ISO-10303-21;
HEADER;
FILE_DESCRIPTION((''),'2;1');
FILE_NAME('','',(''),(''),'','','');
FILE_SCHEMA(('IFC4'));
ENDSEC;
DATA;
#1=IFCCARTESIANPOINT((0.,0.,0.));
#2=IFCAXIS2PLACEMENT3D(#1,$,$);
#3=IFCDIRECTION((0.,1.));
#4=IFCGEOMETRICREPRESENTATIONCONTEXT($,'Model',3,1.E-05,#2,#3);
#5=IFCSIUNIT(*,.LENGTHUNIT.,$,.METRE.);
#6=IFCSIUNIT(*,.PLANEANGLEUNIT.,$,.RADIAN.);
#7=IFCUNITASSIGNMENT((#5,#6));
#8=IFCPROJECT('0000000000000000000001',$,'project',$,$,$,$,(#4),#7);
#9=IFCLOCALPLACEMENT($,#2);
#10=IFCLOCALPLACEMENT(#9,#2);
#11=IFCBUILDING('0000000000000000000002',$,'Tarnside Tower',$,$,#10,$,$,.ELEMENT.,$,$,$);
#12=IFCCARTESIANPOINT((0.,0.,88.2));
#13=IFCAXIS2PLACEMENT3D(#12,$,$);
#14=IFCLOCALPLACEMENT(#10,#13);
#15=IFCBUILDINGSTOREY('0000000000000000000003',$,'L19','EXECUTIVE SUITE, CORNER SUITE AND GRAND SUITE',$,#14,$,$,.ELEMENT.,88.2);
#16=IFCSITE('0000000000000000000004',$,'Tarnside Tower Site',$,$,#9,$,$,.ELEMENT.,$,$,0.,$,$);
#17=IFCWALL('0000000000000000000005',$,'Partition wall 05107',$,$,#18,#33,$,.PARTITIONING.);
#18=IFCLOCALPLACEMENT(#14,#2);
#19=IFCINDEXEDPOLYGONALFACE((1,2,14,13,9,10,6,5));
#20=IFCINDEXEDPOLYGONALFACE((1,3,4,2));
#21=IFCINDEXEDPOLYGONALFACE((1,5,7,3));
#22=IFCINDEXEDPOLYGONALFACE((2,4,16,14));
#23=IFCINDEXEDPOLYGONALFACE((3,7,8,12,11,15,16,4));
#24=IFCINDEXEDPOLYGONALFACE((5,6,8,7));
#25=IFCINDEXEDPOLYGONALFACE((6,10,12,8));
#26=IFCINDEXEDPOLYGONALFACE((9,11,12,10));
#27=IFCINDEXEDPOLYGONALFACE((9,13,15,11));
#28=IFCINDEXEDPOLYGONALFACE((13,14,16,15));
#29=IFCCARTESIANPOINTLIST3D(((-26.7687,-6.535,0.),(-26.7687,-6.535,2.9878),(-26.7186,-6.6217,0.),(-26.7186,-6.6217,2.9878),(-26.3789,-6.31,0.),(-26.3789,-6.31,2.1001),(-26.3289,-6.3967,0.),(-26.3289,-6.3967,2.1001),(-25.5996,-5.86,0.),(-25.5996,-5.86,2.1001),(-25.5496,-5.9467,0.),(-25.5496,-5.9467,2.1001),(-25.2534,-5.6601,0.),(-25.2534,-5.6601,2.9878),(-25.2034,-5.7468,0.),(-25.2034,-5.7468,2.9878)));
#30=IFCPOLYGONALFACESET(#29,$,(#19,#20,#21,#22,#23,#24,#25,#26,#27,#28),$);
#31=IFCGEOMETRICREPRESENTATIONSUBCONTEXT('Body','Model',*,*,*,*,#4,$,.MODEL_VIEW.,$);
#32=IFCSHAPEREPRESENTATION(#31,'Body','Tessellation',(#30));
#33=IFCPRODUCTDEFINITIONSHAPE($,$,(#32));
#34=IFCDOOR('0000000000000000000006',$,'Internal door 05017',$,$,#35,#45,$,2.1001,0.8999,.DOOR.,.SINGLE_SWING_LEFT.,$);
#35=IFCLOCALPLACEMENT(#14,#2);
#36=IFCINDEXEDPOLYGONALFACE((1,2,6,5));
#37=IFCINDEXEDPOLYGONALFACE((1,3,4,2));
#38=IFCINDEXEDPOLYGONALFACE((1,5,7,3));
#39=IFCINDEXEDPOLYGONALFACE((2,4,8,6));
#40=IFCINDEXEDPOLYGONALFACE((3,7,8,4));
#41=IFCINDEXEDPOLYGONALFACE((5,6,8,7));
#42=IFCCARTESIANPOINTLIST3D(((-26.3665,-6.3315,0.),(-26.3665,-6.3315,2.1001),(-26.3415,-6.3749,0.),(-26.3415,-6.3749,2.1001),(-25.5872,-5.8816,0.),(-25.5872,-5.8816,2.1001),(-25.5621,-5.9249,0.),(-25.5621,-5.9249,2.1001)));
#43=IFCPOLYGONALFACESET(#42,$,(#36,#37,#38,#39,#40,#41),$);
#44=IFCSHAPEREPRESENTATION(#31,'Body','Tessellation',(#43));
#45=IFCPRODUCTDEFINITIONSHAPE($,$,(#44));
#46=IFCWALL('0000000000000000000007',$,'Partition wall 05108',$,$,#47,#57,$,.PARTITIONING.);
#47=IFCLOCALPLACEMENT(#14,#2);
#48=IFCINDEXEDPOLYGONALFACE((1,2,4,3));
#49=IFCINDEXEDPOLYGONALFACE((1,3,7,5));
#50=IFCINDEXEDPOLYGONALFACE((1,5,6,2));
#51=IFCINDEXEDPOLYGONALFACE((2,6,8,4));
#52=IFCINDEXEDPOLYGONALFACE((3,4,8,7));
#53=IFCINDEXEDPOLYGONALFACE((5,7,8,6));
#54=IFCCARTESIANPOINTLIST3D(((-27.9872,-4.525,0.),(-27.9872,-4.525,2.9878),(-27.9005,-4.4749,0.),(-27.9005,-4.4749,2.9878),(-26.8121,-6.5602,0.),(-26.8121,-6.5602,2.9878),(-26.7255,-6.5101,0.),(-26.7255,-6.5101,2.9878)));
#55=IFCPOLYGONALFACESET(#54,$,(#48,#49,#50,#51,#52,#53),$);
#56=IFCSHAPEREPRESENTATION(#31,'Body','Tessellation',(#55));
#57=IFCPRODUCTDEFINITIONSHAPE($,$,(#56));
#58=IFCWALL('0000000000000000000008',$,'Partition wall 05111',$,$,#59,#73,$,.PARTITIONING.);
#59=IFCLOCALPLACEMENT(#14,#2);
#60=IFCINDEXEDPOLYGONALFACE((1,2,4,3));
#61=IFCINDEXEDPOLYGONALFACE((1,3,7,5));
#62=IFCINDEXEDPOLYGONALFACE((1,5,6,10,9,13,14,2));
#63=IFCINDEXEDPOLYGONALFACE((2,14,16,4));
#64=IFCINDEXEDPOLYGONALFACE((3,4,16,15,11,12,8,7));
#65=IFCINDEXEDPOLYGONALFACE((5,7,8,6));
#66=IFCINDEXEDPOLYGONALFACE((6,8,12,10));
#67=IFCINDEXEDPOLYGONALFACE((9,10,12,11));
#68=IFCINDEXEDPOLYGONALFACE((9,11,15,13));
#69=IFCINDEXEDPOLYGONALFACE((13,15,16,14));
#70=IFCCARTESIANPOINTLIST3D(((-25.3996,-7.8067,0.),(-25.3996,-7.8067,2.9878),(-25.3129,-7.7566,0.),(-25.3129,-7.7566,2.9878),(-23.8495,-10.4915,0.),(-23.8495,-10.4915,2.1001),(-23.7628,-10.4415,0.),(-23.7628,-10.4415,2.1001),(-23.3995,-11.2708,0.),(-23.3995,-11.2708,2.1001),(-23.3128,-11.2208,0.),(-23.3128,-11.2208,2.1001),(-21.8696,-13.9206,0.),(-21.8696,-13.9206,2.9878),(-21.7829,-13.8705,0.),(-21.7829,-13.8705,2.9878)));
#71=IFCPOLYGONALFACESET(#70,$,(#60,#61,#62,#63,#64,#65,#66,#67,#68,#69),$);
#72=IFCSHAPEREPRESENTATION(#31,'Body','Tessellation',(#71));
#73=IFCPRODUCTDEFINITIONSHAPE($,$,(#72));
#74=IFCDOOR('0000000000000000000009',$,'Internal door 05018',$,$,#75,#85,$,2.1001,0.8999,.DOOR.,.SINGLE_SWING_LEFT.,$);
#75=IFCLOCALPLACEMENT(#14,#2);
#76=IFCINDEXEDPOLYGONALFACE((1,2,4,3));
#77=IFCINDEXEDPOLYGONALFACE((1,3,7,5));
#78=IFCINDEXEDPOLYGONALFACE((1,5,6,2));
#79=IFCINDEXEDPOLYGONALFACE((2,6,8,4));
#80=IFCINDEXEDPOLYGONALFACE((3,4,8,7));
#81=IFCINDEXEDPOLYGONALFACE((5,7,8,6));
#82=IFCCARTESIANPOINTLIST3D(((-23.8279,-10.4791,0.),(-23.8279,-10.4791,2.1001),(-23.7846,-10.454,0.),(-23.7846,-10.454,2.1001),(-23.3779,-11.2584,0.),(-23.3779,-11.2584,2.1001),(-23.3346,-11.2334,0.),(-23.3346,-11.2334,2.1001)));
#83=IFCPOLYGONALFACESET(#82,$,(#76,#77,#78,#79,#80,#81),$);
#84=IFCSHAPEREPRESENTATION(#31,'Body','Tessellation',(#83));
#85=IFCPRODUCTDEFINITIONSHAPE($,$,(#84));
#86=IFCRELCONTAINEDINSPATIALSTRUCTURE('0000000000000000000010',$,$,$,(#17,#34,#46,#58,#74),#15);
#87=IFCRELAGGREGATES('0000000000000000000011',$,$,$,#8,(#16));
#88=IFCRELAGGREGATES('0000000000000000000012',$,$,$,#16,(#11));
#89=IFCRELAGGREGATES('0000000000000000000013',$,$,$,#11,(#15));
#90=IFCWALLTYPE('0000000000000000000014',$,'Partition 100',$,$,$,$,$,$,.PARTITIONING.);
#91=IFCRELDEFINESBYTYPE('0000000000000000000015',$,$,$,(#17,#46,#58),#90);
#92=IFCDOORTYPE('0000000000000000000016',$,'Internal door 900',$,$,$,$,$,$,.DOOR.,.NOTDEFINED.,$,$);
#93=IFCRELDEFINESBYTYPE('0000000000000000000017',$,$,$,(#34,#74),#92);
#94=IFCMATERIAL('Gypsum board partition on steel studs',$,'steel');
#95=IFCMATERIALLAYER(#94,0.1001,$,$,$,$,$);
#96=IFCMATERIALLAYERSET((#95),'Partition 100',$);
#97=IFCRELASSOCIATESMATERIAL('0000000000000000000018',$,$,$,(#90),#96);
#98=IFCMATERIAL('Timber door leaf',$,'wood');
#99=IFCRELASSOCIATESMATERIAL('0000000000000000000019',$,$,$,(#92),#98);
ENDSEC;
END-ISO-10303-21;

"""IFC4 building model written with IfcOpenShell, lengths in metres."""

from ifc_helpers import new_model, si_unit, direction, frame, frame_2d, origin, place, context, subcontext, project, spatial, rectangle, extrude, material, layer, layer_set, type_object, element, fill, save


model = new_model("IFC4")

# Units and contexts
model_context = context("Model", 3, precision=1e-05, world=origin(), true_north=direction((0.0, 1.0)))
body_context = subcontext(model_context, "Body", "Model", "MODEL_VIEW")
ifc_project = project(units=[si_unit("LENGTHUNIT", "METRE"), si_unit("PLANEANGLEUNIT", "RADIAN")], contexts=[model_context])

# Site, building, storey
site_placement = place(None, origin())
site = spatial("IfcSite", under=ifc_project, at=site_placement, Name="Tarnside Tower Site", CompositionType="ELEMENT", RefElevation=0.0)
building_placement = place(site_placement, origin())
building = spatial("IfcBuilding", under=site, at=building_placement, Name="Tarnside Tower", CompositionType="ELEMENT")
storey_placement = place(building_placement, frame((0.0, 0.0, 88.2)))
storey = spatial("IfcBuildingStorey", under=building, at=storey_placement, Name="L19", Description="EXECUTIVE SUITE, CORNER SUITE AND GRAND SUITE", CompositionType="ELEMENT", Elevation=88.2)

# Shared definitions
ifc_material_1 = material(Name="Gypsum board partition on steel studs", Category="steel")

# Shared definitions
ifc_material_2 = material(Name="Timber door leaf", Category="wood")

# Wall, opening, door
ifc_layer_1 = layer(ifc_material_1, 0.1001)
ifc_layer_set_1 = layer_set([ifc_layer_1], Name="Partition 100")
wall_type_1 = type_object("IfcWallType", Name="Partition 100", PredefinedType="PARTITIONING", material=ifc_layer_set_1)
wall_1_placement = place(storey_placement, frame((-25.2283, -5.7034, 0.0), z_axis=(0.0, 0.0, 1.0), x_axis=(-0.866002, -0.50004, 0.0)))
wall_1 = element("IfcWall", 1, at=wall_1_placement, inside=storey, type_object=wall_type_1, Name="Partition wall 05107", PredefinedType="PARTITIONING", context=body_context, shape_type="SweptSolid", body=[
    extrude(rectangle(XDim=1.7498, YDim=0.1001, at=frame_2d((0.875, 0.0))), origin(), (0.0, 0.0, 1.0), 2.9878),
])
opening_1_placement = place(wall_1_placement, frame((0.3999, 0.0, 0.0)))
opening_1 = element("IfcOpeningElement", 2, at=opening_1_placement, cuts=wall_1, PredefinedType="OPENING", context=body_context, shape_type="SweptSolid", body=[
    extrude(rectangle(XDim=0.8999, YDim=2.1001, at=frame_2d((0.45, 1.05))), frame((0.0, 0.0601, 0.0), z_axis=(0.0, -1.0, 0.0), x_axis=(1.0, 0.0, 0.0)), (0.0, 0.0, 1.0), 0.1201),
])
door_type_1 = type_object("IfcDoorType", Name="Internal door 900", OperationType="NOTDEFINED", PredefinedType="DOOR", material=ifc_material_2)
door_1_placement = place(opening_1_placement, origin())
door_1 = element("IfcDoor", 3, at=door_1_placement, inside=storey, type_object=door_type_1, Name="Internal door 05017", OperationType="SINGLE_SWING_LEFT", OverallHeight=2.1001, OverallWidth=0.8999, PredefinedType="DOOR", context=body_context, shape_type="SweptSolid", body=[
    extrude(rectangle(XDim=0.8999, YDim=2.1001, at=frame_2d((0.45, 1.05))), frame((0.0, 0.0249, 0.0), z_axis=(0.0, -1.0, 0.0), x_axis=(1.0, 0.0, 0.0)), (0.0, 0.0, 1.0), 0.05),
])
fill(opening_1, door_1)

# Wall
wall_2_placement = place(storey_placement, frame((-26.7688, -6.5352, 0.0), z_axis=(0.0, 0.0, 1.0), x_axis=(-0.500016, 0.866016, 0.0)))
element("IfcWall", 4, at=wall_2_placement, inside=storey, type_object=wall_type_1, Name="Partition wall 05108", PredefinedType="PARTITIONING", context=body_context, shape_type="SweptSolid", body=[
    extrude(rectangle(XDim=2.3501, YDim=0.1001, at=frame_2d((1.175, 0.0))), origin(), (0.0, 0.0, 1.0), 2.9878),
])

# Wall, opening, door
wall_3_placement = place(storey_placement, frame((-25.3562, -7.7817, 0.0), z_axis=(0.0, 0.0, 1.0), x_axis=(0.500011, -0.866019, 0.0)))
wall_3 = element("IfcWall", 5, at=wall_3_placement, inside=storey, type_object=wall_type_1, Name="Partition wall 05111", PredefinedType="PARTITIONING", context=body_context, shape_type="SweptSolid", body=[
    extrude(rectangle(XDim=7.0598, YDim=0.1001, at=frame_2d((3.5298, 0.0))), origin(), (0.0, 0.0, 1.0), 2.9878),
])
opening_2_placement = place(wall_3_placement, frame((3.1001, 0.0, 0.0)))
opening_2 = element("IfcOpeningElement", 6, at=opening_2_placement, cuts=wall_3, PredefinedType="OPENING", context=body_context, shape_type="SweptSolid", body=[
    extrude(rectangle(XDim=0.8999, YDim=2.1001, at=frame_2d((0.45, 1.05))), frame((0.0, 0.0601, 0.0), z_axis=(0.0, -1.0, 0.0), x_axis=(1.0, 0.0, 0.0)), (0.0, 0.0, 1.0), 0.1201),
])
door_2_placement = place(opening_2_placement, origin())
door_2 = element("IfcDoor", 7, at=door_2_placement, inside=storey, type_object=door_type_1, Name="Internal door 05018", OperationType="SINGLE_SWING_LEFT", OverallHeight=2.1001, OverallWidth=0.8999, PredefinedType="DOOR", context=body_context, shape_type="SweptSolid", body=[
    extrude(rectangle(XDim=0.8999, YDim=2.1001, at=frame_2d((0.45, 1.05))), frame((0.0, 0.0249, 0.0), z_axis=(0.0, -1.0, 0.0), x_axis=(1.0, 0.0, 0.0)), (0.0, 0.0, 1.0), 0.05),
])
fill(opening_2, door_2)

save(model, "model.ifc")
